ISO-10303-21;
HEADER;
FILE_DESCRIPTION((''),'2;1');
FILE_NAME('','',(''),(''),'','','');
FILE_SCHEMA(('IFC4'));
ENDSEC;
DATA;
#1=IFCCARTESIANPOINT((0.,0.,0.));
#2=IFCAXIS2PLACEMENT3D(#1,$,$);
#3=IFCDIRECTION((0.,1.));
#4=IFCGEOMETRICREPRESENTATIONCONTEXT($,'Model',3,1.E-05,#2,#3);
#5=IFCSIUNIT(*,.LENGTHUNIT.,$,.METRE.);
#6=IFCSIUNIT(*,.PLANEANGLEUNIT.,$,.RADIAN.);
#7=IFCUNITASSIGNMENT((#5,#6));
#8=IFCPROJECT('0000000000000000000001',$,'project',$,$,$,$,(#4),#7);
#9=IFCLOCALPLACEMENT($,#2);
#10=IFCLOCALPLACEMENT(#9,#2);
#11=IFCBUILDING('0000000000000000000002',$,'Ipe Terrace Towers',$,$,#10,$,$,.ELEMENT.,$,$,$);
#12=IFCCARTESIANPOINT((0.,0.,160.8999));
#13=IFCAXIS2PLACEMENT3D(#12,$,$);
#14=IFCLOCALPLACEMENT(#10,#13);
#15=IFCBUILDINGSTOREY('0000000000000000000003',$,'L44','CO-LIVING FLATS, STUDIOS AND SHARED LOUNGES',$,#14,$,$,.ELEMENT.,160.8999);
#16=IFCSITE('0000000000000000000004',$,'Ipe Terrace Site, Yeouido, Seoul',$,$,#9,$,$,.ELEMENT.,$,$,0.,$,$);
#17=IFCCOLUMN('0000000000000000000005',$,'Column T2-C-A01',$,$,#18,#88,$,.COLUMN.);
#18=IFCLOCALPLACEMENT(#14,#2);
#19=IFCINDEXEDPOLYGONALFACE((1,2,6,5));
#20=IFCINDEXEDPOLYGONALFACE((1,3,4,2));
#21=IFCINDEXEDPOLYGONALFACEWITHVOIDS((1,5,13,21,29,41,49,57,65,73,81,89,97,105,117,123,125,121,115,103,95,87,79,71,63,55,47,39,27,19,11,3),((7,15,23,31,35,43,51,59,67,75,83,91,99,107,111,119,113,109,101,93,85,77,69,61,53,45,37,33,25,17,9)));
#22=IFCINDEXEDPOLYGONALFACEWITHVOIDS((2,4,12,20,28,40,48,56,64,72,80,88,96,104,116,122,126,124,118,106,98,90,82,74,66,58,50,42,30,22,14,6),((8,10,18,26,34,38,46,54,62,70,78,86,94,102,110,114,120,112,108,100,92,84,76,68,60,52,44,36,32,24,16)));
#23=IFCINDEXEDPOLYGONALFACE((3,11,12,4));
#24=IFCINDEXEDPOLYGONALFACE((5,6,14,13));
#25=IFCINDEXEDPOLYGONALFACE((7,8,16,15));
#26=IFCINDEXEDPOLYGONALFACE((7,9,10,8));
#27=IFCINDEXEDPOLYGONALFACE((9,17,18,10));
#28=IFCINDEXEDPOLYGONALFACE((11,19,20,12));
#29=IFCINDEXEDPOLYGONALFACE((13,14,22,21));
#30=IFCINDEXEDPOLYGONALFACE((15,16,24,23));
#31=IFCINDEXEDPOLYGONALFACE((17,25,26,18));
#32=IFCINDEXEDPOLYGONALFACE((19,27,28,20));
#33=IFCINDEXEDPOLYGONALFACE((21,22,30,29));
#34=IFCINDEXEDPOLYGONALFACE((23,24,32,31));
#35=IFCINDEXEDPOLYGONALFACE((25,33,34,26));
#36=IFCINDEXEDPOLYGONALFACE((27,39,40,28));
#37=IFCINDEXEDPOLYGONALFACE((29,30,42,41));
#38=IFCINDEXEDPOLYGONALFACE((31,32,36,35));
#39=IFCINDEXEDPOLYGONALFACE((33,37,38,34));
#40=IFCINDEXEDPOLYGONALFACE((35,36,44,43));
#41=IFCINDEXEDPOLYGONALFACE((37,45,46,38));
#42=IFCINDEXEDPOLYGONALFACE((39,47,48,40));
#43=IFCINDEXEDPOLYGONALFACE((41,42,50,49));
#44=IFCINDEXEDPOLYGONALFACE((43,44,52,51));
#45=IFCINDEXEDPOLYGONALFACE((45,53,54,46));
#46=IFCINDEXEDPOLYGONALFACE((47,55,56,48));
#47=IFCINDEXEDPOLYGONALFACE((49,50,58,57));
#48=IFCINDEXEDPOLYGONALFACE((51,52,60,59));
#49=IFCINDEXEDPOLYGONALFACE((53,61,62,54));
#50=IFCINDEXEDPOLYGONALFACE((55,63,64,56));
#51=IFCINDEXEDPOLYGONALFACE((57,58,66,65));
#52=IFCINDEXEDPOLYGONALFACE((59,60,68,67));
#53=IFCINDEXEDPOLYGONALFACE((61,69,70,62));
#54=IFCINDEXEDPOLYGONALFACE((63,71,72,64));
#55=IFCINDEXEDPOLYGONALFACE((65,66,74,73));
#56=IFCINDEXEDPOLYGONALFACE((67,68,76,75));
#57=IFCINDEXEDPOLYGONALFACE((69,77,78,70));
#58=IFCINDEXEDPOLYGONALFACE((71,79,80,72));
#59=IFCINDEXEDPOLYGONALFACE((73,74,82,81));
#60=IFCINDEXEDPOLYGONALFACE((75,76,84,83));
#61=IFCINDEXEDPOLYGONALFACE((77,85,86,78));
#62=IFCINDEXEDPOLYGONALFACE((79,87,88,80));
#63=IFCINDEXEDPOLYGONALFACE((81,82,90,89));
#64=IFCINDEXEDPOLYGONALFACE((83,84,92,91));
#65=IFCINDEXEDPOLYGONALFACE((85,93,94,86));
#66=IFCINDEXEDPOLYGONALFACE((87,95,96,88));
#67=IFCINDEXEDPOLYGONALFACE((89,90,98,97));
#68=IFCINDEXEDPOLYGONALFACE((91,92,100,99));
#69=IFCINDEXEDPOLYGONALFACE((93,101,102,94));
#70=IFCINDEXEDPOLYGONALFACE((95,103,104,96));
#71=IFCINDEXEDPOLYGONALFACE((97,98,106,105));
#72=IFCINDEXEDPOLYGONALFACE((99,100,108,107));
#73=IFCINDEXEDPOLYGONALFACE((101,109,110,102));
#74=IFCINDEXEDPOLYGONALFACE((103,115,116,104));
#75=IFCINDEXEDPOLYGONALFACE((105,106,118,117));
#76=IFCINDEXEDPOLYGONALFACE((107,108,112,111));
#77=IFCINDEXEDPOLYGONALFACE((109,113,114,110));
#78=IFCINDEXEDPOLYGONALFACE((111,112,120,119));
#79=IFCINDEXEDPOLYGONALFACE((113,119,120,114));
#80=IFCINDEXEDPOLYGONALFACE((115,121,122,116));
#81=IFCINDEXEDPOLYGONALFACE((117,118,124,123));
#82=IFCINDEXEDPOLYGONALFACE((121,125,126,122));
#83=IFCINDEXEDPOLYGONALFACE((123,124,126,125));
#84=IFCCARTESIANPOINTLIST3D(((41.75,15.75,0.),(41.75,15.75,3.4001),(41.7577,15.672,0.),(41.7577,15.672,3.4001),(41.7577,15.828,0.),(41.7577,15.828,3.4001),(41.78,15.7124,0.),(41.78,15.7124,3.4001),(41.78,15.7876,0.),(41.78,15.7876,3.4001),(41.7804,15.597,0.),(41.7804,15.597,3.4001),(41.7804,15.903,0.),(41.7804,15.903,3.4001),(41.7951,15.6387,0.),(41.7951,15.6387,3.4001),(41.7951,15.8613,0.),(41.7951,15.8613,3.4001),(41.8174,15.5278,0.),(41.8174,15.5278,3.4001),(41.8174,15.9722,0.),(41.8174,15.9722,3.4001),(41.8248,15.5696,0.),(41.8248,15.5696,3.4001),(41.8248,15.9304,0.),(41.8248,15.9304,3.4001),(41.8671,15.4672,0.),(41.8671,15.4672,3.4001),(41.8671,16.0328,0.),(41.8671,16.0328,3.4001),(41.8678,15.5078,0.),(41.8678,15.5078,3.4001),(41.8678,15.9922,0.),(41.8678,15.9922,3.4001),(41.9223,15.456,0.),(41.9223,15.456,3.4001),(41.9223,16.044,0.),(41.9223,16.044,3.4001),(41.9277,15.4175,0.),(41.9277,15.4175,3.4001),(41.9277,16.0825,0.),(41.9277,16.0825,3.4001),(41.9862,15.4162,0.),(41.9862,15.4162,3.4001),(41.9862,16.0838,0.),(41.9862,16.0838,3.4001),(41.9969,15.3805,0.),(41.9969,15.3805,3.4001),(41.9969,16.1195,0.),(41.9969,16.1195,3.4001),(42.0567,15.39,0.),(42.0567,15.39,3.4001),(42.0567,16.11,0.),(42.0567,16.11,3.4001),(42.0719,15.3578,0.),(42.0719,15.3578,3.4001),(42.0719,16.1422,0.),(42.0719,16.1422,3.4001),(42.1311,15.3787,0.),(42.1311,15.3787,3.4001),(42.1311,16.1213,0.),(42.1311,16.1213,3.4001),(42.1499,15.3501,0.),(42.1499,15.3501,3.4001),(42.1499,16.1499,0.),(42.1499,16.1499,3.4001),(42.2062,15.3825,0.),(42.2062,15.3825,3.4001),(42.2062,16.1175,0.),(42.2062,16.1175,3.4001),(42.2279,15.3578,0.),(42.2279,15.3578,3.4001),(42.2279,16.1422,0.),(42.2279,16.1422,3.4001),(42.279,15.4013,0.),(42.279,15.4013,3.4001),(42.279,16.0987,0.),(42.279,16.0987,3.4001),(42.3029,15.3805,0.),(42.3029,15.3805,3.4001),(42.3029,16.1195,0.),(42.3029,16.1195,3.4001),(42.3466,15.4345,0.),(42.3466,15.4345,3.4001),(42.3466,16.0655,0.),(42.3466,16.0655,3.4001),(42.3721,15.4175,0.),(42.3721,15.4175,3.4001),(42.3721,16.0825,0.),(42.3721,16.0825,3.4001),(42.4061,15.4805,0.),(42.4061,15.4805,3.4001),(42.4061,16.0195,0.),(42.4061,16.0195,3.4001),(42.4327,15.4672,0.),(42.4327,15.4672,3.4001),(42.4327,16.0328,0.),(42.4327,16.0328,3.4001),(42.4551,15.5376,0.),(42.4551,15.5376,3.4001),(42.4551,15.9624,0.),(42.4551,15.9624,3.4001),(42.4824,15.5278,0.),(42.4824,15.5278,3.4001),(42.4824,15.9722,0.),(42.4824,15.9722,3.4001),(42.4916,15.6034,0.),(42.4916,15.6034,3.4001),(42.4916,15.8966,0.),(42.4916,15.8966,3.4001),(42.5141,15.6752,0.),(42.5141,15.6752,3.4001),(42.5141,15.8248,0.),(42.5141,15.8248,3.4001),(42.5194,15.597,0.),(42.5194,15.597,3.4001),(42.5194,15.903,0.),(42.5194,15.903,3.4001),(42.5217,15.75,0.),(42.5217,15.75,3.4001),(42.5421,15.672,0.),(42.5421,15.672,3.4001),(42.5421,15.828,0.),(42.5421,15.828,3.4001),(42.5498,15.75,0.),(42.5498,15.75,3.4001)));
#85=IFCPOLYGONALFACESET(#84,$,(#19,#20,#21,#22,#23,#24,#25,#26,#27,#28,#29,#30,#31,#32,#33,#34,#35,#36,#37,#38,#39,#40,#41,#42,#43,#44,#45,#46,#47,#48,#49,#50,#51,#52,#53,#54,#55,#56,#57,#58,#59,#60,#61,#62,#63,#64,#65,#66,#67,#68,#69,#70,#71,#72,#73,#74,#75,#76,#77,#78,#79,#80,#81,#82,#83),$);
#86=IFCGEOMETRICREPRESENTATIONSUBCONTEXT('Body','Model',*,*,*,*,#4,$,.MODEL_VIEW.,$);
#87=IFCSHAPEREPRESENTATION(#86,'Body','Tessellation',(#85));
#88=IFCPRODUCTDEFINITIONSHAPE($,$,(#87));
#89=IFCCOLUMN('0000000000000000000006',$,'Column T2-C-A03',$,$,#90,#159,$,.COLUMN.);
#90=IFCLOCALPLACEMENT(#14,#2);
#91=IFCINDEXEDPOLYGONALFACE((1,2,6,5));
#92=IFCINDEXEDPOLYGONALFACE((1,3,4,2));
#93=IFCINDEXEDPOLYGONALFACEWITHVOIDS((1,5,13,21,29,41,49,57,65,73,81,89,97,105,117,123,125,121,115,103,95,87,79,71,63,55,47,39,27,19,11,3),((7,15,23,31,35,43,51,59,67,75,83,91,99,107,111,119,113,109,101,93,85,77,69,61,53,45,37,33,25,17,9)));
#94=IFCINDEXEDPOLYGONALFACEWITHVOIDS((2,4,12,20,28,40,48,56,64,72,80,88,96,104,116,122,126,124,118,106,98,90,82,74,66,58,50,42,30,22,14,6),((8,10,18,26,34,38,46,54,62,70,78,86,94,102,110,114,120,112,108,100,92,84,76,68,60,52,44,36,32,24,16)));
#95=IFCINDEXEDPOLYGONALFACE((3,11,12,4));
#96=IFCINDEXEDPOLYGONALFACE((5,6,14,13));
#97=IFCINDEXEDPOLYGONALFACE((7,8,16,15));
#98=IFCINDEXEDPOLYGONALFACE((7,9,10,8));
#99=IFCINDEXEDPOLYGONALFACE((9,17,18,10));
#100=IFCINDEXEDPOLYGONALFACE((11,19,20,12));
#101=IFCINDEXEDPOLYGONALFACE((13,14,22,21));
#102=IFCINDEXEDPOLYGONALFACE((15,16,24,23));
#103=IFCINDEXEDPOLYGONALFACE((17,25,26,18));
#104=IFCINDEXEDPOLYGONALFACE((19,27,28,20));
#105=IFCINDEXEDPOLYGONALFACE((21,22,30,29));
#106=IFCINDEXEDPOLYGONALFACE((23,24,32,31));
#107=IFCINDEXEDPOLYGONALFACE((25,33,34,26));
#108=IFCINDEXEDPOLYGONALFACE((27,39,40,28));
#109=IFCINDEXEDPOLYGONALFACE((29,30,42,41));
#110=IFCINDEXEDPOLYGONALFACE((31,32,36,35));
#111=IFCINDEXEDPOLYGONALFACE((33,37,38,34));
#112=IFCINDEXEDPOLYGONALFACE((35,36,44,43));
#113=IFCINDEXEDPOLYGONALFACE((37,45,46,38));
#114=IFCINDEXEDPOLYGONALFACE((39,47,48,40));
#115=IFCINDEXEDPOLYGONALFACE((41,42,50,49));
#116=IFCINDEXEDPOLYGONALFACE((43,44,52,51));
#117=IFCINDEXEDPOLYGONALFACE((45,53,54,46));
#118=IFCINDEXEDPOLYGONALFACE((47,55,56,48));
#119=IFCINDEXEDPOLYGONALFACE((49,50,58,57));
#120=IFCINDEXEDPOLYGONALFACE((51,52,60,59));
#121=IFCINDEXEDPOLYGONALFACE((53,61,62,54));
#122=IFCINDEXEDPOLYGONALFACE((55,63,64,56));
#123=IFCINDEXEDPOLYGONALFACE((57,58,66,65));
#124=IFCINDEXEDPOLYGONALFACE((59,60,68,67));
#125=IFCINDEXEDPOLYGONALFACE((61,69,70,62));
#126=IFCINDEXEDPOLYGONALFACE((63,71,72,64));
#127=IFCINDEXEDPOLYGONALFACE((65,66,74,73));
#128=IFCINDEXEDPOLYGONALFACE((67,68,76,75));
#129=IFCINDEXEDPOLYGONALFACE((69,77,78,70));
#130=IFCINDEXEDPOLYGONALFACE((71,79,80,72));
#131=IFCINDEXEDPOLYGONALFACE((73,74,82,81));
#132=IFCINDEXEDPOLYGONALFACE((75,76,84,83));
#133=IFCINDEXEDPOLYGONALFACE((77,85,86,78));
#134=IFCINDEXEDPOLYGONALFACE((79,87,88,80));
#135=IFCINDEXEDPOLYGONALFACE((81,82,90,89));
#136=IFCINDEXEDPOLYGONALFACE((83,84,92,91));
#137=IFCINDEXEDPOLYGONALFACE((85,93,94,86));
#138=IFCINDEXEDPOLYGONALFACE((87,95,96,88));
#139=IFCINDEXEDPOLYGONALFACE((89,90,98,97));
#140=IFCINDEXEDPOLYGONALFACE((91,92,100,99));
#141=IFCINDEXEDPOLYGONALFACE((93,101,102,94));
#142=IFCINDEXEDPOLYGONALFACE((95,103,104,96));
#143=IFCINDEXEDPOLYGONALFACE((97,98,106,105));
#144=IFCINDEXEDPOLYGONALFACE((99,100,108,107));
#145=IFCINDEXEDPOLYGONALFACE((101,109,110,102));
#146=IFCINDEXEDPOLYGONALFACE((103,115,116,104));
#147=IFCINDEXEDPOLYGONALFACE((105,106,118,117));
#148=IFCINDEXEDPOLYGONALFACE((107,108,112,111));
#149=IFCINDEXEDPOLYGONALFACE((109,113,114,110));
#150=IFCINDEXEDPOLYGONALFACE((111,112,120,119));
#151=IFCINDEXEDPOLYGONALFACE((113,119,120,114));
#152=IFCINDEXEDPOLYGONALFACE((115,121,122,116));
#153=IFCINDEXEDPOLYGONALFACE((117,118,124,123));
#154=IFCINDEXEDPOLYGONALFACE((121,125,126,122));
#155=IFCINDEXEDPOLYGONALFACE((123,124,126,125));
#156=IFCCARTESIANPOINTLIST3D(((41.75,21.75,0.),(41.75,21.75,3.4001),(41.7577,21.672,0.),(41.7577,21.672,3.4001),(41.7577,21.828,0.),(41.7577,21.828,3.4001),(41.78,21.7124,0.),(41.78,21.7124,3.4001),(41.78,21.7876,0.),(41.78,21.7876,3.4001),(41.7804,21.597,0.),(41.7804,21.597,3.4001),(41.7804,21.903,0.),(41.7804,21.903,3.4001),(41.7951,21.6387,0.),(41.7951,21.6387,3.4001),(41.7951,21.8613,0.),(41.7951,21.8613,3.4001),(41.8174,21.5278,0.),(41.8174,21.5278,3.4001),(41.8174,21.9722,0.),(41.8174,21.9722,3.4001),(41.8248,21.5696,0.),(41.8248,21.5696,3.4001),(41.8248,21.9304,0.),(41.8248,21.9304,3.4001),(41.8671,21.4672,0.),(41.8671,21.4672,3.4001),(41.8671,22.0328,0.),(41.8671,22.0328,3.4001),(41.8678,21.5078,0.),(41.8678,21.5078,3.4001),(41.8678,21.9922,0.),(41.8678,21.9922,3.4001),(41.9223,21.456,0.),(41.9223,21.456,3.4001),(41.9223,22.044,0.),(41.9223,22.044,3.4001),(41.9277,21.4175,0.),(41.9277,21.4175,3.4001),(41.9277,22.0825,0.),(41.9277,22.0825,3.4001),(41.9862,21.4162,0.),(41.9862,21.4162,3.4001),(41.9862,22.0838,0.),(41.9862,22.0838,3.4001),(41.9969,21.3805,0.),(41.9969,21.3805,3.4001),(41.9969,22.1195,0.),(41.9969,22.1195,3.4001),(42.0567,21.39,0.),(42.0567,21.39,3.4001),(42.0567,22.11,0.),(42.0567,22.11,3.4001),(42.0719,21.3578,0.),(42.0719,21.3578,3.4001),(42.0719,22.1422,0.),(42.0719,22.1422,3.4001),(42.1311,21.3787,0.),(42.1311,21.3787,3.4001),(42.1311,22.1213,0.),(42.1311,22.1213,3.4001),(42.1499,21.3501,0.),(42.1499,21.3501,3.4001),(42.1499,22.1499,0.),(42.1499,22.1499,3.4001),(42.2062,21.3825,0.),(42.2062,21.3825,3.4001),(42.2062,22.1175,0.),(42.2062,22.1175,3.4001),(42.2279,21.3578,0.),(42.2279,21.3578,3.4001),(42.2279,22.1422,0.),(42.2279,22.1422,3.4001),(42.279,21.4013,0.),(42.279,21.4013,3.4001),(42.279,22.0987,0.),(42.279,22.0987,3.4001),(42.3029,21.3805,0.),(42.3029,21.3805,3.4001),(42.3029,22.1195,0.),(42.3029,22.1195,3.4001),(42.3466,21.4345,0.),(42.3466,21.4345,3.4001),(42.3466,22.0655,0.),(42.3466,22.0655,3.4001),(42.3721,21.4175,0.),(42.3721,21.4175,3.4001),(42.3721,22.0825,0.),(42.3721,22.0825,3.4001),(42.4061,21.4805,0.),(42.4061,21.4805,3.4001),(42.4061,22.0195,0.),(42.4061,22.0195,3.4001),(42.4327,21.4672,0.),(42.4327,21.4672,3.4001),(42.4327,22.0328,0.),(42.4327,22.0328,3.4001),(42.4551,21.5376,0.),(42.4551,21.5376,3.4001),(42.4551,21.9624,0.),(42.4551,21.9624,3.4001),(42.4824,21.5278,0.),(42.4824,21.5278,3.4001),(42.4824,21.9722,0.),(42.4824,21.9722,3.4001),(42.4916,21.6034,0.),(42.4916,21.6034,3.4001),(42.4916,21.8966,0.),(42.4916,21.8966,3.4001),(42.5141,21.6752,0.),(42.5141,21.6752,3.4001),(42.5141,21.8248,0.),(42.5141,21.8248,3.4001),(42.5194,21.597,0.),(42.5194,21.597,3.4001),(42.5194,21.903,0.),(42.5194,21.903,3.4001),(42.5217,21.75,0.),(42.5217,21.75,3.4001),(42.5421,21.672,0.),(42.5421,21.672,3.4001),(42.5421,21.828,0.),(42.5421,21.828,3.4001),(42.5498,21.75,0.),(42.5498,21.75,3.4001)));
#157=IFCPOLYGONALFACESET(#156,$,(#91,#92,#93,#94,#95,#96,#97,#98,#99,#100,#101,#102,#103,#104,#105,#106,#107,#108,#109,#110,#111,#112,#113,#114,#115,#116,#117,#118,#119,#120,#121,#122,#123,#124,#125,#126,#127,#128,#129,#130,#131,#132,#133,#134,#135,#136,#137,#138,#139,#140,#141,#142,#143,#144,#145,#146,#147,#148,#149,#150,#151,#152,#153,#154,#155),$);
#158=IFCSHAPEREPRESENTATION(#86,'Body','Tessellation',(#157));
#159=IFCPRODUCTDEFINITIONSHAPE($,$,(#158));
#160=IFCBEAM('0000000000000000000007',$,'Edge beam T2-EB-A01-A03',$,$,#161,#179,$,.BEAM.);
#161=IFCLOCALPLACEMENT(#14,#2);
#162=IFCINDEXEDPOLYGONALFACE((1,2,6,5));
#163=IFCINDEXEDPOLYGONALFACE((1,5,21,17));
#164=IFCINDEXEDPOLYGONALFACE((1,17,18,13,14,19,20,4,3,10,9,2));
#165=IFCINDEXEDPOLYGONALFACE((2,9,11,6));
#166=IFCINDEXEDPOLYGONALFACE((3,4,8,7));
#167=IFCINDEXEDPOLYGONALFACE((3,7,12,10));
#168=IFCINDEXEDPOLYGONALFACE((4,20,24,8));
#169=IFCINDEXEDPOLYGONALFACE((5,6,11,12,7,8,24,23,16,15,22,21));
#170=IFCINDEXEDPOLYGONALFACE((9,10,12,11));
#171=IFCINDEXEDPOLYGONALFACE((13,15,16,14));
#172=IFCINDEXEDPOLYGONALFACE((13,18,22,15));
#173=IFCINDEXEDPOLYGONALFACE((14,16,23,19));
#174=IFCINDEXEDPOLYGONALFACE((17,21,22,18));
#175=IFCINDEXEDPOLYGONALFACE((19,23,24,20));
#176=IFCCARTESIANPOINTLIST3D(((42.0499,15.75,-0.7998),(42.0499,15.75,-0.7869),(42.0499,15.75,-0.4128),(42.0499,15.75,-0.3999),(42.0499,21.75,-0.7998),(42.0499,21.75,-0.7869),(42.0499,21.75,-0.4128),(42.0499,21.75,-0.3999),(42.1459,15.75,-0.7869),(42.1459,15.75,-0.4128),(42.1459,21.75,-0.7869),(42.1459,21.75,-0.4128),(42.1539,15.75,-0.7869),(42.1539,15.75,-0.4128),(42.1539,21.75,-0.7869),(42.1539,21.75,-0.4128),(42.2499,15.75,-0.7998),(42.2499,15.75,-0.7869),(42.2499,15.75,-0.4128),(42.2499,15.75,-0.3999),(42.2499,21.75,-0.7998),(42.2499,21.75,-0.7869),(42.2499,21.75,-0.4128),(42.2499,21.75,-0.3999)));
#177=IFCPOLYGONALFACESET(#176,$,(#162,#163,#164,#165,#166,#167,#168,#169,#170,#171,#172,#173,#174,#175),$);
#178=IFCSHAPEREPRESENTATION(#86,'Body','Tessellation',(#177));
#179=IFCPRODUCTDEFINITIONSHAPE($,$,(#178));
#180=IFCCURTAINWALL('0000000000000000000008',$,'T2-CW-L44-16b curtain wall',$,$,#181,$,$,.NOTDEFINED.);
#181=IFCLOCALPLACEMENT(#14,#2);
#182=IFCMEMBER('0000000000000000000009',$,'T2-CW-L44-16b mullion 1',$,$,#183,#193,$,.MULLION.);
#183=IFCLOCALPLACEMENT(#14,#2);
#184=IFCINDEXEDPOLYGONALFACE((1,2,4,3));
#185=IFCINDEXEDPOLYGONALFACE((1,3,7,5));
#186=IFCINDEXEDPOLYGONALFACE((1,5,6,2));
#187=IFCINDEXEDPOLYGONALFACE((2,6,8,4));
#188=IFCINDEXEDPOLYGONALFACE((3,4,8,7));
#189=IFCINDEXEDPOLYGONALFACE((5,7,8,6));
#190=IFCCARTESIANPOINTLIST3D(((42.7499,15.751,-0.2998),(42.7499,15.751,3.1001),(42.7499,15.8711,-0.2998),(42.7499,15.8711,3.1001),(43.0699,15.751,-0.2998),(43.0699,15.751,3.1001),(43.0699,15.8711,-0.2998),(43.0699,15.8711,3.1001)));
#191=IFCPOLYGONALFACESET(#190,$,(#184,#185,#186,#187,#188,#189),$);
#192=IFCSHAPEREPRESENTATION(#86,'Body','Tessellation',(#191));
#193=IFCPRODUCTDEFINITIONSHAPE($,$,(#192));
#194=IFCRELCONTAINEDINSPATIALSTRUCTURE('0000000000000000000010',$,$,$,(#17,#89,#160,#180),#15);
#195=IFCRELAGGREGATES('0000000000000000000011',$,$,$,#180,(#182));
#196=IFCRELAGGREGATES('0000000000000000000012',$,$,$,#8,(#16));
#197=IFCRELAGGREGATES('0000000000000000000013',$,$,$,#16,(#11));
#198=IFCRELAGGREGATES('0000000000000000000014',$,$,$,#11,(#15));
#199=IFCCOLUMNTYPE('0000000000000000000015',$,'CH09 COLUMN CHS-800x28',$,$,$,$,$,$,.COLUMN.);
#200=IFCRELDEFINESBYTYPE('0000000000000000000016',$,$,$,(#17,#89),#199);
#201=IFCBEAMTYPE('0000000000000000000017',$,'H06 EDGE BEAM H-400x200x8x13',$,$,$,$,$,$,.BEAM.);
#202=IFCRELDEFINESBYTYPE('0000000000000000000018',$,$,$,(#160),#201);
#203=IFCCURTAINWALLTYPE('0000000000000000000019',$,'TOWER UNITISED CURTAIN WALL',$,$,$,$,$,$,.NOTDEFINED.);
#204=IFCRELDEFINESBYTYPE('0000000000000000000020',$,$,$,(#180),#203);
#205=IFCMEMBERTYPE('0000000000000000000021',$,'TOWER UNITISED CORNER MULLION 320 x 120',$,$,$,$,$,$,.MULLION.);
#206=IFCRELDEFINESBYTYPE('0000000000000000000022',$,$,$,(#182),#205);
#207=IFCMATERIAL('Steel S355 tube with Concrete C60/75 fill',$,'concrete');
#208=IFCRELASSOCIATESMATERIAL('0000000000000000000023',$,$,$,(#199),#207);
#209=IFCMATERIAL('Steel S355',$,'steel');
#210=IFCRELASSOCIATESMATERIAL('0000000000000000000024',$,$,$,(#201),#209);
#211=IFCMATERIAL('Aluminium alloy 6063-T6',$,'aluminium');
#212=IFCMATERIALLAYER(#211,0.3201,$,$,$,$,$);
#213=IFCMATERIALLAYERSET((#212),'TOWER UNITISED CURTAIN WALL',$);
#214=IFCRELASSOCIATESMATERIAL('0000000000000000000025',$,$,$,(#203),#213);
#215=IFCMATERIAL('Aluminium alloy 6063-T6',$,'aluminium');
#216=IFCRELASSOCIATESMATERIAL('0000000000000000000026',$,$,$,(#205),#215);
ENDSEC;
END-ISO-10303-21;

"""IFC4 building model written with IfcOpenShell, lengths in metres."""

from ifc_helpers import new_model, si_unit, direction, frame, origin, origin_2d, place, context, subcontext, project, spatial, rectangle, hollow_circle, i_section, extrude, material, layer, layer_set, material_profile, profile_set, type_object, element, aggregate, save


model = new_model("IFC4")

# Units and contexts
model_context = context("Model", 3, precision=1e-05, world=origin(), true_north=direction((0.0, 1.0)))
body_context = subcontext(model_context, "Body", "Model", "MODEL_VIEW")
ifc_project = project(units=[si_unit("LENGTHUNIT", "METRE"), si_unit("PLANEANGLEUNIT", "RADIAN")], contexts=[model_context])

# Site, building, storey
site_placement = place(None, origin())
site = spatial("IfcSite", under=ifc_project, at=site_placement, Name="Ipe Terrace Site, Yeouido, Seoul", CompositionType="ELEMENT", RefElevation=0.0)
building_placement = place(site_placement, origin())
building = spatial("IfcBuilding", under=site, at=building_placement, Name="Ipe Terrace Towers", CompositionType="ELEMENT")
storey_placement = place(building_placement, frame((0.0, 0.0, 160.8999)))
storey = spatial("IfcBuildingStorey", under=building, at=storey_placement, Name="L44", Description="CO-LIVING FLATS, STUDIOS AND SHARED LOUNGES", CompositionType="ELEMENT", Elevation=160.8999)

# Columns
ifc_material_1 = material(Name="Steel S355 tube with Concrete C60/75 fill", Category="concrete")
ifc_material_profile_1 = material_profile(ifc_material_1, hollow_circle(Radius=0.3999, WallThickness=0.0281, at=origin_2d()), Name="CHS-800x28")
ifc_profile_set_1 = profile_set([ifc_material_profile_1], Name="Steel S355 tube with Concrete C60/75 fill")
column_type = type_object("IfcColumnType", Name="CH09 COLUMN CHS-800x28", PredefinedType="COLUMN", material=ifc_profile_set_1)
for number, where, z_axis, x_axis, name in (
    (1, (42.1499, 15.75, 0.0), (0.0, 0.0, 1.0), (1.0, 0.0, 0.0), "Column T2-C-A01"),
    (2, (42.1499, 21.75, 0.0), (0.0, 0.0, 1.0), (1.0, 0.0, 0.0), "Column T2-C-A03"),
):
    element("IfcColumn", number, at=place(storey_placement, frame(where, z_axis=z_axis, x_axis=x_axis)), inside=storey, type_object=column_type, Name=name, PredefinedType="COLUMN", context=body_context, shape_type="SweptSolid", body=[
        extrude(hollow_circle(Radius=0.3999, WallThickness=0.0281, at=origin_2d()), origin(), (0.0, 0.0, 1.0), 3.4001),
    ])

# Beam
ifc_material_2 = material(Name="Steel S355", Category="steel")
ifc_material_profile_2 = material_profile(ifc_material_2, i_section(OverallWidth=0.2, OverallDepth=0.3999, WebThickness=0.0081, FlangeThickness=0.0129, at=origin_2d()), Name="H-400x200x8x13")
ifc_profile_set_2 = profile_set([ifc_material_profile_2], Name="Steel S355")
beam_type = type_object("IfcBeamType", Name="H06 EDGE BEAM H-400x200x8x13", PredefinedType="BEAM", material=ifc_profile_set_2)
beam_placement = place(storey_placement, frame((42.1499, 15.75, -0.5999), z_axis=(0.0, 1.0, 0.0), x_axis=(-1.0, 0.0, 0.0)))
element("IfcBeam", 3, at=beam_placement, inside=storey, type_object=beam_type, Name="Edge beam T2-EB-A01-A03", PredefinedType="BEAM", context=body_context, shape_type="SweptSolid", body=[
    extrude(i_section(OverallWidth=0.2, OverallDepth=0.3999, WebThickness=0.0081, FlangeThickness=0.0129, at=origin_2d()), origin(), (0.0, 0.0, 1.0), 6.0),
])

# Curtain wall, member
ifc_material_3 = material(Name="Aluminium alloy 6063-T6", Category="aluminium")
ifc_layer_1 = layer(ifc_material_3, 0.3201)
ifc_layer_set_1 = layer_set([ifc_layer_1], Name="TOWER UNITISED CURTAIN WALL")
curtain_wall_type = type_object("IfcCurtainWallType", Name="TOWER UNITISED CURTAIN WALL", PredefinedType="NOTDEFINED", material=ifc_layer_set_1)
curtain_wall_1_placement = place(storey_placement, origin())
curtain_wall_1 = element("IfcCurtainWall", 4, at=curtain_wall_1_placement, inside=storey, type_object=curtain_wall_type, Name="T2-CW-L44-16b curtain wall", PredefinedType="NOTDEFINED")
ifc_material_4 = material(Name="Aluminium alloy 6063-T6", Category="aluminium")
ifc_material_profile_3 = material_profile(ifc_material_4, rectangle(XDim=0.3201, YDim=0.1201, at=origin_2d()), Name="TOWER UNITISED CORNER MULLION 320 x 120")
ifc_profile_set_3 = profile_set([ifc_material_profile_3], Name="Aluminium alloy 6063-T6")
member_type_1 = type_object("IfcMemberType", Name="TOWER UNITISED CORNER MULLION 320 x 120", PredefinedType="MULLION", material=ifc_profile_set_3)
member_1_placement = place(storey_placement, frame((42.9099, 15.811, -0.2998), z_axis=(0.0, 0.0, 1.0), x_axis=(1.0, 0.0, 0.0)))
member_1 = element("IfcMember", 5, at=member_1_placement, type_object=member_type_1, Name="T2-CW-L44-16b mullion 1", PredefinedType="MULLION", context=body_context, shape_type="SweptSolid", body=[
    extrude(rectangle(XDim=0.3201, YDim=0.1201, at=origin_2d()), origin(), (0.0, 0.0, 1.0), 3.3999),
])

aggregate(curtain_wall_1, [member_1])

save(model, "model.ifc")
